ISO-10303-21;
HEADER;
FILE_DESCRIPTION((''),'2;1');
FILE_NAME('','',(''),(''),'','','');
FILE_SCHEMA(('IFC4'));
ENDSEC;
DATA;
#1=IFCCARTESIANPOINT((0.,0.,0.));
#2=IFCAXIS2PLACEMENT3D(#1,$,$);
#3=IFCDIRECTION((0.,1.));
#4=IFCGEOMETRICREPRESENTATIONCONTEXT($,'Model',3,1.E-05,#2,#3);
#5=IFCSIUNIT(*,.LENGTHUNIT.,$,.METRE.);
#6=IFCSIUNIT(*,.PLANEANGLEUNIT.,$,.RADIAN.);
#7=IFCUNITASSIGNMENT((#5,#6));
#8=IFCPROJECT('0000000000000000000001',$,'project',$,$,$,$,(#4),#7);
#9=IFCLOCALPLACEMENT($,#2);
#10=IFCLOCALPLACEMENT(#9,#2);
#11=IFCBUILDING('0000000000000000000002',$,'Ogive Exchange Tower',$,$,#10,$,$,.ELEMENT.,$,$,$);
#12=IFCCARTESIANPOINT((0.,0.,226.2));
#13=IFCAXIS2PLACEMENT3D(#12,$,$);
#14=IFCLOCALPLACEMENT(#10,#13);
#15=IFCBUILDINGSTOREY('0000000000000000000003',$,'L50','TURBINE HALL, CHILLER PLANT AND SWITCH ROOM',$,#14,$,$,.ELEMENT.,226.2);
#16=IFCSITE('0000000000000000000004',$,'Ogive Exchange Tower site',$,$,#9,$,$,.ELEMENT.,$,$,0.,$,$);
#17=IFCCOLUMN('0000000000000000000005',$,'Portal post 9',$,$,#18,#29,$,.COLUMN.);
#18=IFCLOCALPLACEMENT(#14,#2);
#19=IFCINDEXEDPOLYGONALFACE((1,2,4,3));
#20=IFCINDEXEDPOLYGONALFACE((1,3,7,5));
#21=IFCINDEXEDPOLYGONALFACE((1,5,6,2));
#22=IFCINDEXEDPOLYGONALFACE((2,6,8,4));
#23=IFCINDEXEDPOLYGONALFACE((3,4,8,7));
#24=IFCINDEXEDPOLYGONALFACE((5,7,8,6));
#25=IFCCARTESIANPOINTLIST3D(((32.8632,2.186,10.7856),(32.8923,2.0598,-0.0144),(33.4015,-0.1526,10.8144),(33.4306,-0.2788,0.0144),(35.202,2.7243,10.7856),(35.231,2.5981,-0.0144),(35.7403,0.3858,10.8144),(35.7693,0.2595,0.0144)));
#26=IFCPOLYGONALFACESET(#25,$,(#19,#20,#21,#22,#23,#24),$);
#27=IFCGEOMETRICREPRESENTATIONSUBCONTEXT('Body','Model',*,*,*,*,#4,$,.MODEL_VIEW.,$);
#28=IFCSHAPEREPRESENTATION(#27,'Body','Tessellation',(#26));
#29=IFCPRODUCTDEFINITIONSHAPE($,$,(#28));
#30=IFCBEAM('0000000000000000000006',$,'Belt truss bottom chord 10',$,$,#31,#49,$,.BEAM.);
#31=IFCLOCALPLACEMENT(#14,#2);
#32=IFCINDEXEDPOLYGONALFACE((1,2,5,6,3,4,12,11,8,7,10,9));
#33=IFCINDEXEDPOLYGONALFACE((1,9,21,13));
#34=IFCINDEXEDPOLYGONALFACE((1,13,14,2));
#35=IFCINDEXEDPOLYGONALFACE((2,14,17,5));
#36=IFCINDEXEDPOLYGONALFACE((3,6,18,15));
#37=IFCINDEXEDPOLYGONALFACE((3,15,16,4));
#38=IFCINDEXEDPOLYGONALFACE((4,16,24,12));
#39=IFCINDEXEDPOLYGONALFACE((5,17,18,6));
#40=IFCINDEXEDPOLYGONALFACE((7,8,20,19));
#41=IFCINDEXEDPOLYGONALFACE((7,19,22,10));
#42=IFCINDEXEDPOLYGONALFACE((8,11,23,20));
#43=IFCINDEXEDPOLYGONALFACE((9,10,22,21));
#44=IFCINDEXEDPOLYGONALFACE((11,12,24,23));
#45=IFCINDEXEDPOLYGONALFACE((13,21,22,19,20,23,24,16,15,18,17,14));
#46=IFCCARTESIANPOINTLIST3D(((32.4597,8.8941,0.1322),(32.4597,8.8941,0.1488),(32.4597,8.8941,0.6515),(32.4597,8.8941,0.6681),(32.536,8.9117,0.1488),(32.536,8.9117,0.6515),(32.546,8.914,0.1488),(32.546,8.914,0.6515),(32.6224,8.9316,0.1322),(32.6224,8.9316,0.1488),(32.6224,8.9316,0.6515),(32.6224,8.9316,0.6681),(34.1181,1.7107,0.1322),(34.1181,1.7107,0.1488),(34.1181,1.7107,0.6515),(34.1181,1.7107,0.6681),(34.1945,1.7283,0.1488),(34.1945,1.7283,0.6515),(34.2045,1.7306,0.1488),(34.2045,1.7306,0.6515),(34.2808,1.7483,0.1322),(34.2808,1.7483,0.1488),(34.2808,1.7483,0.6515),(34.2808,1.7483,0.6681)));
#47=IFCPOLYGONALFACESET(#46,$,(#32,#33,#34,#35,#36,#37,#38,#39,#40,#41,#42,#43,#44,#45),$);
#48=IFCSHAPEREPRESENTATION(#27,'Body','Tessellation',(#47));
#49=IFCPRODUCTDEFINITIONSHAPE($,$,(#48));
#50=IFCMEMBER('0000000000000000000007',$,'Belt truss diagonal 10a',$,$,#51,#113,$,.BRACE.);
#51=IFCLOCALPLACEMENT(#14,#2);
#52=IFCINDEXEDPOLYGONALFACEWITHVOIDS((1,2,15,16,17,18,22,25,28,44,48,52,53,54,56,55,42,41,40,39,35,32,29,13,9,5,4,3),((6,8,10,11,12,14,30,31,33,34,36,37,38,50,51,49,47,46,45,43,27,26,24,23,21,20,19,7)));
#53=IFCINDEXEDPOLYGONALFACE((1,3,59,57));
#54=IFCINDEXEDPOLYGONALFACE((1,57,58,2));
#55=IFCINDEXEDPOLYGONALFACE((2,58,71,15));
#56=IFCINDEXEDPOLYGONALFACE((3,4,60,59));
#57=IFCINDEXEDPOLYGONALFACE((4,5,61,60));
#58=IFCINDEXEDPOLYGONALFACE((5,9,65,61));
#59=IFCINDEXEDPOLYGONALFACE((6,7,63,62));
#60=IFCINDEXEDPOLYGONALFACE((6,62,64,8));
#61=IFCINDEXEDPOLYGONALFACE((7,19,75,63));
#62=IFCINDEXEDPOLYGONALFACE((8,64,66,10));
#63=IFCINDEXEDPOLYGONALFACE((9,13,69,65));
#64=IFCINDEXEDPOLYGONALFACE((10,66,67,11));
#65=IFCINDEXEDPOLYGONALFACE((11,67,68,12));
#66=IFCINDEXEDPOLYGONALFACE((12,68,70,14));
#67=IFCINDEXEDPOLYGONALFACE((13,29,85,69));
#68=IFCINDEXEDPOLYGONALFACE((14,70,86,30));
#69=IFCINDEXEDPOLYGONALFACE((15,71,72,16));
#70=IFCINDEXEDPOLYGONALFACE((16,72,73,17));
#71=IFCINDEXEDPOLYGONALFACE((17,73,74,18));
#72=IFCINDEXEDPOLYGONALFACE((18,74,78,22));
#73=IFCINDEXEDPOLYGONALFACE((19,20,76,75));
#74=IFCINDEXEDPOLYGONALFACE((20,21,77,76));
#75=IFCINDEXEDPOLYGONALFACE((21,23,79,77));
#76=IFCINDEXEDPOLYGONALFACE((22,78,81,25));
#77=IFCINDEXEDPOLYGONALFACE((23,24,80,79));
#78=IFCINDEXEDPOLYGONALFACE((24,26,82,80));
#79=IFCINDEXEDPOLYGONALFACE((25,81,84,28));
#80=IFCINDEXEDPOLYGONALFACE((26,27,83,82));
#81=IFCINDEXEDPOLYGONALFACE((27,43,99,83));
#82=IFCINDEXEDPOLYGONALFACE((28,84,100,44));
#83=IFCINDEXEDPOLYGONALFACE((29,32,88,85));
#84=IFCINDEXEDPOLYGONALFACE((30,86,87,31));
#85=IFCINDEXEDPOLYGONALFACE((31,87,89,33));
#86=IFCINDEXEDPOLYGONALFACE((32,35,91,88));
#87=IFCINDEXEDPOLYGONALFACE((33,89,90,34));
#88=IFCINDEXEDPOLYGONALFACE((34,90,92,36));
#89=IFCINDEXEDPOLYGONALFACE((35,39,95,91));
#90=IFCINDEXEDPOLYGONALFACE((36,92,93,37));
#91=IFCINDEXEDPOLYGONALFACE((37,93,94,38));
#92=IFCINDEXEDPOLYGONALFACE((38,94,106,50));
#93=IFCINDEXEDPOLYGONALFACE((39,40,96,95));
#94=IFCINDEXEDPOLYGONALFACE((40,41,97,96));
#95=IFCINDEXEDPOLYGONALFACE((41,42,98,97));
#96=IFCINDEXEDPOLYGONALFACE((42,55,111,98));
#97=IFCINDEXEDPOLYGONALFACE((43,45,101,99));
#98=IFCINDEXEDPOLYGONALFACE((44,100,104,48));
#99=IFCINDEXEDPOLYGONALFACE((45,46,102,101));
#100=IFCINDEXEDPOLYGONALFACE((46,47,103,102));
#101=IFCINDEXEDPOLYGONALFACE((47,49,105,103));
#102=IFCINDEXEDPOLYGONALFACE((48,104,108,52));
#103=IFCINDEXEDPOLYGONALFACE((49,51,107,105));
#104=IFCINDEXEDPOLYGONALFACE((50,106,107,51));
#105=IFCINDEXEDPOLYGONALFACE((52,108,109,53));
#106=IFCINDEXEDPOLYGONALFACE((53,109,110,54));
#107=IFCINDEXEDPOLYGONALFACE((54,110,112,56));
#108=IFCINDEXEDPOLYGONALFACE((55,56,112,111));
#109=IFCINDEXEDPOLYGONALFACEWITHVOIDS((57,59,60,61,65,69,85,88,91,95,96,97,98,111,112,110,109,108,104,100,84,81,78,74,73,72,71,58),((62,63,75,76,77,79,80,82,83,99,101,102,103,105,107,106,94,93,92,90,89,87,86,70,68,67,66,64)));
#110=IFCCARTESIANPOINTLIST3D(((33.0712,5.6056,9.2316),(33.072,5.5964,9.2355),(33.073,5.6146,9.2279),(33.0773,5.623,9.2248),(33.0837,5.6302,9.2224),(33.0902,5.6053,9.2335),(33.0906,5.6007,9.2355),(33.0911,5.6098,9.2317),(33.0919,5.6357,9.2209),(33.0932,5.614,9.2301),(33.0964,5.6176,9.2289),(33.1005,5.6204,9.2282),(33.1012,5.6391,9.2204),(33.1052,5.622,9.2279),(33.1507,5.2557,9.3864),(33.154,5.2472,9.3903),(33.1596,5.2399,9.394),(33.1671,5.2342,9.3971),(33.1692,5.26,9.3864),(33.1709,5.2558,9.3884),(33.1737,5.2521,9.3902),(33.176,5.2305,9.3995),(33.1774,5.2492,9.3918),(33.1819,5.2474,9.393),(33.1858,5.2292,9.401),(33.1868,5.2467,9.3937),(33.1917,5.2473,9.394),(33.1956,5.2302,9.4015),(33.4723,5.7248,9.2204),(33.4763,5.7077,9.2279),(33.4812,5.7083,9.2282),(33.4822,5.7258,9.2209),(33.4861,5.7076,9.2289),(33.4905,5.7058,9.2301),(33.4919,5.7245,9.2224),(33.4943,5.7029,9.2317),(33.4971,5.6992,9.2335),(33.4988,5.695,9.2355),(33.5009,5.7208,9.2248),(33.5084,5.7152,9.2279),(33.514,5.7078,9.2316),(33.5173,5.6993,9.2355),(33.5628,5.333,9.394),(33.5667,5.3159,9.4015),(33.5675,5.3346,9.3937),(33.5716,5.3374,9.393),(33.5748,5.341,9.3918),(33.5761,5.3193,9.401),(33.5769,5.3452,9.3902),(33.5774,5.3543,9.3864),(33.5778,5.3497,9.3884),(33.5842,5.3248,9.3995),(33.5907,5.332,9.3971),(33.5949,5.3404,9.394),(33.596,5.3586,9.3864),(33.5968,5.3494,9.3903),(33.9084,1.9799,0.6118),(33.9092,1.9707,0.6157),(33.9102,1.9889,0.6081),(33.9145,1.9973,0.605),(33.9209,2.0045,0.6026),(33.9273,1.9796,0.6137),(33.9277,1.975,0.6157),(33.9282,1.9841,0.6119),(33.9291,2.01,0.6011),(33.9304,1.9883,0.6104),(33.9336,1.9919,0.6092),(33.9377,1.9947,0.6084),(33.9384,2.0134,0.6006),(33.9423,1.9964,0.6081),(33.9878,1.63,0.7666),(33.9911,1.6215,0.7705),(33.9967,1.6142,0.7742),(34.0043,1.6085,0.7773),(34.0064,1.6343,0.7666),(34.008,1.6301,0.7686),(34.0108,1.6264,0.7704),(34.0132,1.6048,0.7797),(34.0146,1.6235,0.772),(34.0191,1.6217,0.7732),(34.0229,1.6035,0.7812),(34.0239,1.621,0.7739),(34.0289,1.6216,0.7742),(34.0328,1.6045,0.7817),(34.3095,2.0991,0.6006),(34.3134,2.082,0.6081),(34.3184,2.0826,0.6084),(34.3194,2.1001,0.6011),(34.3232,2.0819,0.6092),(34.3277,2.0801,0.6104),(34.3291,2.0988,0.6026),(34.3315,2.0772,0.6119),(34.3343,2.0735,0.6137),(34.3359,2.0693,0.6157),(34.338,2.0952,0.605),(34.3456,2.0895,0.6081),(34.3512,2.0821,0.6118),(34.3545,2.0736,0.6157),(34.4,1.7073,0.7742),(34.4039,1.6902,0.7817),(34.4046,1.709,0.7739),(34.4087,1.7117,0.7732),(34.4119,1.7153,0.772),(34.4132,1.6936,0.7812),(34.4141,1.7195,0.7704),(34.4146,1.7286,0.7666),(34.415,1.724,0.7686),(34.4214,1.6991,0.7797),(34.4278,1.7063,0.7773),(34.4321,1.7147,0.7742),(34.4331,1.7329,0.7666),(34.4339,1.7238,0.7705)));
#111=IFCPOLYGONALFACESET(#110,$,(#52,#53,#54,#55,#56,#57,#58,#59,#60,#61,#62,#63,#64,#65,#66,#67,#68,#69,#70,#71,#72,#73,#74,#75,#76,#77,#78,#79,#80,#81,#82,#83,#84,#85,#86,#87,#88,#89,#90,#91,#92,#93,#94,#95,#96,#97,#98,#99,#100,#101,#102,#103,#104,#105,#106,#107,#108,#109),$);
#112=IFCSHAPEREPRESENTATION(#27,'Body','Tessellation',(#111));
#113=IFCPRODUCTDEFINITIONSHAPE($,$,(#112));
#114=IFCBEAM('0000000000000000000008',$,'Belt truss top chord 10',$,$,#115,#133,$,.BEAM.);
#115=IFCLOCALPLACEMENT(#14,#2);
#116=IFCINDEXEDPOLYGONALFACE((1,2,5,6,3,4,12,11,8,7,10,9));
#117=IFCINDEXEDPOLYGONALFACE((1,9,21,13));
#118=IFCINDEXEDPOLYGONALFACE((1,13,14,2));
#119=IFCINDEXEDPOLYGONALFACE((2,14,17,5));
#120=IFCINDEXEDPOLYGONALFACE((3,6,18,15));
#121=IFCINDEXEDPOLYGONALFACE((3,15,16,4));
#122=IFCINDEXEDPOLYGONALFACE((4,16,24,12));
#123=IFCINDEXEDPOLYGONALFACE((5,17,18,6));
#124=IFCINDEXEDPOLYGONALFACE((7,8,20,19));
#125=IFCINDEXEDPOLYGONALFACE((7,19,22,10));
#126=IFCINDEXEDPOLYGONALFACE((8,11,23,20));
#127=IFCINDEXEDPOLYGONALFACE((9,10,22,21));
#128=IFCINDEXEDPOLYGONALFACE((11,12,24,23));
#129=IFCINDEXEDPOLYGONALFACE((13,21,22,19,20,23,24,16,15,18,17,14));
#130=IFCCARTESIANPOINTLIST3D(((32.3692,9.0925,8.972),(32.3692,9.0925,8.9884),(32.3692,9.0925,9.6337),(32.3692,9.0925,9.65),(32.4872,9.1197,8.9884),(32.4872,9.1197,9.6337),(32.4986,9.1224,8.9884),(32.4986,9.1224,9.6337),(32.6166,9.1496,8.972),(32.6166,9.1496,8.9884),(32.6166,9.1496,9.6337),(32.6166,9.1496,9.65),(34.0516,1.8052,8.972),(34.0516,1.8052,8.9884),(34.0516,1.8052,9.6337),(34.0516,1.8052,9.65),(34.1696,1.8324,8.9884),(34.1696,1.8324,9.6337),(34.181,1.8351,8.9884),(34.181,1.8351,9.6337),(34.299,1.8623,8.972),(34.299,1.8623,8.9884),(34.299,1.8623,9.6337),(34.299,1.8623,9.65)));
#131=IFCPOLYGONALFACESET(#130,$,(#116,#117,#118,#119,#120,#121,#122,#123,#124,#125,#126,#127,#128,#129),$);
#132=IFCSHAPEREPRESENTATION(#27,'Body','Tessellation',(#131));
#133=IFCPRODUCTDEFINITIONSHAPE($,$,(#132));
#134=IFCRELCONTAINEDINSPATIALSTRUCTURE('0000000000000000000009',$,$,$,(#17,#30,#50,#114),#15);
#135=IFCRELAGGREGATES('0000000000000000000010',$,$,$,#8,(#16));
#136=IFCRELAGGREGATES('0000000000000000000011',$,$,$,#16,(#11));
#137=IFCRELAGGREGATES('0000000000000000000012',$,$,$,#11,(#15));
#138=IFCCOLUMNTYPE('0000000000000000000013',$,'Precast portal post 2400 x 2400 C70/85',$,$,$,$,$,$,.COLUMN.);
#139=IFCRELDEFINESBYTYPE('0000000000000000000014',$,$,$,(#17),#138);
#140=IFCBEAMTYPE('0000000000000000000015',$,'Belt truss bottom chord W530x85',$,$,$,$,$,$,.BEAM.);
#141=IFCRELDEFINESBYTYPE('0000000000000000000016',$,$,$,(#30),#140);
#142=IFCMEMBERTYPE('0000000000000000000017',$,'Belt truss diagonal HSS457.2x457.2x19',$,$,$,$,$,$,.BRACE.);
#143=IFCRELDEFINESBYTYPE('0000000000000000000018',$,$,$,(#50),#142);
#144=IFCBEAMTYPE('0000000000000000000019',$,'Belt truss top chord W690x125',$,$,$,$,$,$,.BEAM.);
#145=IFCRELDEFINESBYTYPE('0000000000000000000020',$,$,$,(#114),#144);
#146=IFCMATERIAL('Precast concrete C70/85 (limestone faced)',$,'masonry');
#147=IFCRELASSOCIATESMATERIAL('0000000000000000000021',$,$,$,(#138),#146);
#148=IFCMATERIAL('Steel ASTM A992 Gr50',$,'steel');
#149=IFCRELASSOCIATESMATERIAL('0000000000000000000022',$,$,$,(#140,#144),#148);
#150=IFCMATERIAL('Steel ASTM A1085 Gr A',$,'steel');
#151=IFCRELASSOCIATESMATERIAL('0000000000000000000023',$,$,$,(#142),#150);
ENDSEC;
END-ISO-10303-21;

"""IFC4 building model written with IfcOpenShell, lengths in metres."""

from ifc_helpers import new_model, si_unit, direction, frame, origin, origin_2d, place, context, subcontext, project, spatial, rectangle, hollow_rectangle, i_section, extrude, material, material_profile, profile_set, type_object, element, save


model = new_model("IFC4")

# Units and contexts
model_context = context("Model", 3, precision=1e-05, world=origin(), true_north=direction((0.0, 1.0)))
body_context = subcontext(model_context, "Body", "Model", "MODEL_VIEW")
ifc_project = project(units=[si_unit("LENGTHUNIT", "METRE"), si_unit("PLANEANGLEUNIT", "RADIAN")], contexts=[model_context])

# Site, building, storey
site_placement = place(None, origin())
site = spatial("IfcSite", under=ifc_project, at=site_placement, Name="Ogive Exchange Tower site", CompositionType="ELEMENT", RefElevation=0.0)
building_placement = place(site_placement, origin())
building = spatial("IfcBuilding", under=site, at=building_placement, Name="Ogive Exchange Tower", CompositionType="ELEMENT")
storey_placement = place(building_placement, frame((0.0, 0.0, 226.2)))
storey = spatial("IfcBuildingStorey", under=building, at=storey_placement, Name="L50", Description="TURBINE HALL, CHILLER PLANT AND SWITCH ROOM", CompositionType="ELEMENT", Elevation=226.2)

# Column
ifc_material_1 = material(Name="Precast concrete C70/85 (limestone faced)", Category="masonry")
ifc_material_profile_1 = material_profile(ifc_material_1, rectangle(XDim=2.3999, YDim=2.3999, at=origin_2d()), Name="2400 x 2400")
ifc_profile_set_1 = profile_set([ifc_material_profile_1], Name="Precast concrete C70/85 (limestone faced)")
column_type = type_object("IfcColumnType", Name="Precast portal post 2400 x 2400 C70/85", PredefinedType="COLUMN", material=ifc_profile_set_1)
column_placement = place(storey_placement, frame((34.3308, 1.1597, 0.0), z_axis=(-0.00269, 0.011686, 0.999928), x_axis=(-0.974518, -0.224309, 0.0)))
element("IfcColumn", 1, at=column_placement, inside=storey, type_object=column_type, Name="Portal post 9", PredefinedType="COLUMN", context=body_context, shape_type="SweptSolid", body=[
    extrude(rectangle(XDim=2.3999, YDim=2.3999, at=origin_2d()), origin(), (0.0, 0.0, 1.0), 10.8008),
])

# Beam
ifc_material_2 = material(Name="Steel ASTM A992 Gr50", Category="steel")
ifc_material_profile_2 = material_profile(ifc_material_2, i_section(OverallWidth=0.167, OverallDepth=0.5359, WebThickness=0.0103, FlangeThickness=0.0166, at=origin_2d()), Name="W530x85")
ifc_profile_set_2 = profile_set([ifc_material_profile_2], Name="Steel ASTM A992 Gr50")
beam_type_1 = type_object("IfcBeamType", Name="Belt truss bottom chord W530x85", PredefinedType="BEAM", material=ifc_profile_set_2)
beam_1_placement = place(storey_placement, frame((34.1995, 1.7295, 0.4001), z_axis=(-0.224956, 0.974369, 0.0), x_axis=(-0.974369, -0.224956, 0.0)))
element("IfcBeam", 2, at=beam_1_placement, inside=storey, type_object=beam_type_1, Name="Belt truss bottom chord 10", PredefinedType="BEAM", context=body_context, shape_type="SweptSolid", body=[
    extrude(i_section(OverallWidth=0.167, OverallDepth=0.5359, WebThickness=0.0103, FlangeThickness=0.0166, at=origin_2d()), origin(), (0.0, 0.0, 1.0), 7.3723),
])

# Member
ifc_material_3 = material(Name="Steel ASTM A1085 Gr A", Category="steel")
ifc_material_profile_3 = material_profile(ifc_material_3, hollow_rectangle(XDim=0.457, YDim=0.457, WallThickness=0.019, InnerFilletRadius=0.019, OuterFilletRadius=0.0381, at=origin_2d()), Name="HSS457.2x457.2x19")
ifc_profile_set_3 = profile_set([ifc_material_profile_3], Name="Steel ASTM A1085 Gr A")
member_type_1 = type_object("IfcMemberType", Name="Belt truss diagonal HSS457.2x457.2x19", PredefinedType="BRACE", material=ifc_profile_set_3)
member_1_placement = place(storey_placement, frame((34.1711, 1.8518, 0.6912), z_axis=(-0.089166, 0.386178, 0.918105), x_axis=(-0.974365, -0.224975, 0.0)))
element("IfcMember", 3, at=member_1_placement, inside=storey, type_object=member_type_1, Name="Belt truss diagonal 10a", PredefinedType="BRACE", context=body_context, shape_type="SweptSolid", body=[
    extrude(hollow_rectangle(XDim=0.457, YDim=0.457, WallThickness=0.019, InnerFilletRadius=0.019, OuterFilletRadius=0.0381, at=origin_2d()), origin(), (0.0, 0.0, 1.0), 9.3887),
])

# Beam
ifc_material_profile_4 = material_profile(ifc_material_2, i_section(OverallWidth=0.2539, OverallDepth=0.678, WebThickness=0.0117, FlangeThickness=0.0164, at=origin_2d()), Name="W690x125")
ifc_profile_set_4 = profile_set([ifc_material_profile_4], Name="Steel ASTM A992 Gr50")
beam_type_2 = type_object("IfcBeamType", Name="Belt truss top chord W690x125", PredefinedType="BEAM", material=ifc_profile_set_4)
beam_2_placement = place(storey_placement, frame((34.1753, 1.8337, 9.311), z_axis=(-0.224945, 0.974371, 0.0), x_axis=(-0.974371, -0.224945, 0.0)))
element("IfcBeam", 4, at=beam_2_placement, inside=storey, type_object=beam_type_2, Name="Belt truss top chord 10", PredefinedType="BEAM", context=body_context, shape_type="SweptSolid", body=[
    extrude(i_section(OverallWidth=0.2539, OverallDepth=0.678, WebThickness=0.0117, FlangeThickness=0.0164, at=origin_2d()), origin(), (0.0, 0.0, 1.0), 7.479),
])

save(model, "model.ifc")
